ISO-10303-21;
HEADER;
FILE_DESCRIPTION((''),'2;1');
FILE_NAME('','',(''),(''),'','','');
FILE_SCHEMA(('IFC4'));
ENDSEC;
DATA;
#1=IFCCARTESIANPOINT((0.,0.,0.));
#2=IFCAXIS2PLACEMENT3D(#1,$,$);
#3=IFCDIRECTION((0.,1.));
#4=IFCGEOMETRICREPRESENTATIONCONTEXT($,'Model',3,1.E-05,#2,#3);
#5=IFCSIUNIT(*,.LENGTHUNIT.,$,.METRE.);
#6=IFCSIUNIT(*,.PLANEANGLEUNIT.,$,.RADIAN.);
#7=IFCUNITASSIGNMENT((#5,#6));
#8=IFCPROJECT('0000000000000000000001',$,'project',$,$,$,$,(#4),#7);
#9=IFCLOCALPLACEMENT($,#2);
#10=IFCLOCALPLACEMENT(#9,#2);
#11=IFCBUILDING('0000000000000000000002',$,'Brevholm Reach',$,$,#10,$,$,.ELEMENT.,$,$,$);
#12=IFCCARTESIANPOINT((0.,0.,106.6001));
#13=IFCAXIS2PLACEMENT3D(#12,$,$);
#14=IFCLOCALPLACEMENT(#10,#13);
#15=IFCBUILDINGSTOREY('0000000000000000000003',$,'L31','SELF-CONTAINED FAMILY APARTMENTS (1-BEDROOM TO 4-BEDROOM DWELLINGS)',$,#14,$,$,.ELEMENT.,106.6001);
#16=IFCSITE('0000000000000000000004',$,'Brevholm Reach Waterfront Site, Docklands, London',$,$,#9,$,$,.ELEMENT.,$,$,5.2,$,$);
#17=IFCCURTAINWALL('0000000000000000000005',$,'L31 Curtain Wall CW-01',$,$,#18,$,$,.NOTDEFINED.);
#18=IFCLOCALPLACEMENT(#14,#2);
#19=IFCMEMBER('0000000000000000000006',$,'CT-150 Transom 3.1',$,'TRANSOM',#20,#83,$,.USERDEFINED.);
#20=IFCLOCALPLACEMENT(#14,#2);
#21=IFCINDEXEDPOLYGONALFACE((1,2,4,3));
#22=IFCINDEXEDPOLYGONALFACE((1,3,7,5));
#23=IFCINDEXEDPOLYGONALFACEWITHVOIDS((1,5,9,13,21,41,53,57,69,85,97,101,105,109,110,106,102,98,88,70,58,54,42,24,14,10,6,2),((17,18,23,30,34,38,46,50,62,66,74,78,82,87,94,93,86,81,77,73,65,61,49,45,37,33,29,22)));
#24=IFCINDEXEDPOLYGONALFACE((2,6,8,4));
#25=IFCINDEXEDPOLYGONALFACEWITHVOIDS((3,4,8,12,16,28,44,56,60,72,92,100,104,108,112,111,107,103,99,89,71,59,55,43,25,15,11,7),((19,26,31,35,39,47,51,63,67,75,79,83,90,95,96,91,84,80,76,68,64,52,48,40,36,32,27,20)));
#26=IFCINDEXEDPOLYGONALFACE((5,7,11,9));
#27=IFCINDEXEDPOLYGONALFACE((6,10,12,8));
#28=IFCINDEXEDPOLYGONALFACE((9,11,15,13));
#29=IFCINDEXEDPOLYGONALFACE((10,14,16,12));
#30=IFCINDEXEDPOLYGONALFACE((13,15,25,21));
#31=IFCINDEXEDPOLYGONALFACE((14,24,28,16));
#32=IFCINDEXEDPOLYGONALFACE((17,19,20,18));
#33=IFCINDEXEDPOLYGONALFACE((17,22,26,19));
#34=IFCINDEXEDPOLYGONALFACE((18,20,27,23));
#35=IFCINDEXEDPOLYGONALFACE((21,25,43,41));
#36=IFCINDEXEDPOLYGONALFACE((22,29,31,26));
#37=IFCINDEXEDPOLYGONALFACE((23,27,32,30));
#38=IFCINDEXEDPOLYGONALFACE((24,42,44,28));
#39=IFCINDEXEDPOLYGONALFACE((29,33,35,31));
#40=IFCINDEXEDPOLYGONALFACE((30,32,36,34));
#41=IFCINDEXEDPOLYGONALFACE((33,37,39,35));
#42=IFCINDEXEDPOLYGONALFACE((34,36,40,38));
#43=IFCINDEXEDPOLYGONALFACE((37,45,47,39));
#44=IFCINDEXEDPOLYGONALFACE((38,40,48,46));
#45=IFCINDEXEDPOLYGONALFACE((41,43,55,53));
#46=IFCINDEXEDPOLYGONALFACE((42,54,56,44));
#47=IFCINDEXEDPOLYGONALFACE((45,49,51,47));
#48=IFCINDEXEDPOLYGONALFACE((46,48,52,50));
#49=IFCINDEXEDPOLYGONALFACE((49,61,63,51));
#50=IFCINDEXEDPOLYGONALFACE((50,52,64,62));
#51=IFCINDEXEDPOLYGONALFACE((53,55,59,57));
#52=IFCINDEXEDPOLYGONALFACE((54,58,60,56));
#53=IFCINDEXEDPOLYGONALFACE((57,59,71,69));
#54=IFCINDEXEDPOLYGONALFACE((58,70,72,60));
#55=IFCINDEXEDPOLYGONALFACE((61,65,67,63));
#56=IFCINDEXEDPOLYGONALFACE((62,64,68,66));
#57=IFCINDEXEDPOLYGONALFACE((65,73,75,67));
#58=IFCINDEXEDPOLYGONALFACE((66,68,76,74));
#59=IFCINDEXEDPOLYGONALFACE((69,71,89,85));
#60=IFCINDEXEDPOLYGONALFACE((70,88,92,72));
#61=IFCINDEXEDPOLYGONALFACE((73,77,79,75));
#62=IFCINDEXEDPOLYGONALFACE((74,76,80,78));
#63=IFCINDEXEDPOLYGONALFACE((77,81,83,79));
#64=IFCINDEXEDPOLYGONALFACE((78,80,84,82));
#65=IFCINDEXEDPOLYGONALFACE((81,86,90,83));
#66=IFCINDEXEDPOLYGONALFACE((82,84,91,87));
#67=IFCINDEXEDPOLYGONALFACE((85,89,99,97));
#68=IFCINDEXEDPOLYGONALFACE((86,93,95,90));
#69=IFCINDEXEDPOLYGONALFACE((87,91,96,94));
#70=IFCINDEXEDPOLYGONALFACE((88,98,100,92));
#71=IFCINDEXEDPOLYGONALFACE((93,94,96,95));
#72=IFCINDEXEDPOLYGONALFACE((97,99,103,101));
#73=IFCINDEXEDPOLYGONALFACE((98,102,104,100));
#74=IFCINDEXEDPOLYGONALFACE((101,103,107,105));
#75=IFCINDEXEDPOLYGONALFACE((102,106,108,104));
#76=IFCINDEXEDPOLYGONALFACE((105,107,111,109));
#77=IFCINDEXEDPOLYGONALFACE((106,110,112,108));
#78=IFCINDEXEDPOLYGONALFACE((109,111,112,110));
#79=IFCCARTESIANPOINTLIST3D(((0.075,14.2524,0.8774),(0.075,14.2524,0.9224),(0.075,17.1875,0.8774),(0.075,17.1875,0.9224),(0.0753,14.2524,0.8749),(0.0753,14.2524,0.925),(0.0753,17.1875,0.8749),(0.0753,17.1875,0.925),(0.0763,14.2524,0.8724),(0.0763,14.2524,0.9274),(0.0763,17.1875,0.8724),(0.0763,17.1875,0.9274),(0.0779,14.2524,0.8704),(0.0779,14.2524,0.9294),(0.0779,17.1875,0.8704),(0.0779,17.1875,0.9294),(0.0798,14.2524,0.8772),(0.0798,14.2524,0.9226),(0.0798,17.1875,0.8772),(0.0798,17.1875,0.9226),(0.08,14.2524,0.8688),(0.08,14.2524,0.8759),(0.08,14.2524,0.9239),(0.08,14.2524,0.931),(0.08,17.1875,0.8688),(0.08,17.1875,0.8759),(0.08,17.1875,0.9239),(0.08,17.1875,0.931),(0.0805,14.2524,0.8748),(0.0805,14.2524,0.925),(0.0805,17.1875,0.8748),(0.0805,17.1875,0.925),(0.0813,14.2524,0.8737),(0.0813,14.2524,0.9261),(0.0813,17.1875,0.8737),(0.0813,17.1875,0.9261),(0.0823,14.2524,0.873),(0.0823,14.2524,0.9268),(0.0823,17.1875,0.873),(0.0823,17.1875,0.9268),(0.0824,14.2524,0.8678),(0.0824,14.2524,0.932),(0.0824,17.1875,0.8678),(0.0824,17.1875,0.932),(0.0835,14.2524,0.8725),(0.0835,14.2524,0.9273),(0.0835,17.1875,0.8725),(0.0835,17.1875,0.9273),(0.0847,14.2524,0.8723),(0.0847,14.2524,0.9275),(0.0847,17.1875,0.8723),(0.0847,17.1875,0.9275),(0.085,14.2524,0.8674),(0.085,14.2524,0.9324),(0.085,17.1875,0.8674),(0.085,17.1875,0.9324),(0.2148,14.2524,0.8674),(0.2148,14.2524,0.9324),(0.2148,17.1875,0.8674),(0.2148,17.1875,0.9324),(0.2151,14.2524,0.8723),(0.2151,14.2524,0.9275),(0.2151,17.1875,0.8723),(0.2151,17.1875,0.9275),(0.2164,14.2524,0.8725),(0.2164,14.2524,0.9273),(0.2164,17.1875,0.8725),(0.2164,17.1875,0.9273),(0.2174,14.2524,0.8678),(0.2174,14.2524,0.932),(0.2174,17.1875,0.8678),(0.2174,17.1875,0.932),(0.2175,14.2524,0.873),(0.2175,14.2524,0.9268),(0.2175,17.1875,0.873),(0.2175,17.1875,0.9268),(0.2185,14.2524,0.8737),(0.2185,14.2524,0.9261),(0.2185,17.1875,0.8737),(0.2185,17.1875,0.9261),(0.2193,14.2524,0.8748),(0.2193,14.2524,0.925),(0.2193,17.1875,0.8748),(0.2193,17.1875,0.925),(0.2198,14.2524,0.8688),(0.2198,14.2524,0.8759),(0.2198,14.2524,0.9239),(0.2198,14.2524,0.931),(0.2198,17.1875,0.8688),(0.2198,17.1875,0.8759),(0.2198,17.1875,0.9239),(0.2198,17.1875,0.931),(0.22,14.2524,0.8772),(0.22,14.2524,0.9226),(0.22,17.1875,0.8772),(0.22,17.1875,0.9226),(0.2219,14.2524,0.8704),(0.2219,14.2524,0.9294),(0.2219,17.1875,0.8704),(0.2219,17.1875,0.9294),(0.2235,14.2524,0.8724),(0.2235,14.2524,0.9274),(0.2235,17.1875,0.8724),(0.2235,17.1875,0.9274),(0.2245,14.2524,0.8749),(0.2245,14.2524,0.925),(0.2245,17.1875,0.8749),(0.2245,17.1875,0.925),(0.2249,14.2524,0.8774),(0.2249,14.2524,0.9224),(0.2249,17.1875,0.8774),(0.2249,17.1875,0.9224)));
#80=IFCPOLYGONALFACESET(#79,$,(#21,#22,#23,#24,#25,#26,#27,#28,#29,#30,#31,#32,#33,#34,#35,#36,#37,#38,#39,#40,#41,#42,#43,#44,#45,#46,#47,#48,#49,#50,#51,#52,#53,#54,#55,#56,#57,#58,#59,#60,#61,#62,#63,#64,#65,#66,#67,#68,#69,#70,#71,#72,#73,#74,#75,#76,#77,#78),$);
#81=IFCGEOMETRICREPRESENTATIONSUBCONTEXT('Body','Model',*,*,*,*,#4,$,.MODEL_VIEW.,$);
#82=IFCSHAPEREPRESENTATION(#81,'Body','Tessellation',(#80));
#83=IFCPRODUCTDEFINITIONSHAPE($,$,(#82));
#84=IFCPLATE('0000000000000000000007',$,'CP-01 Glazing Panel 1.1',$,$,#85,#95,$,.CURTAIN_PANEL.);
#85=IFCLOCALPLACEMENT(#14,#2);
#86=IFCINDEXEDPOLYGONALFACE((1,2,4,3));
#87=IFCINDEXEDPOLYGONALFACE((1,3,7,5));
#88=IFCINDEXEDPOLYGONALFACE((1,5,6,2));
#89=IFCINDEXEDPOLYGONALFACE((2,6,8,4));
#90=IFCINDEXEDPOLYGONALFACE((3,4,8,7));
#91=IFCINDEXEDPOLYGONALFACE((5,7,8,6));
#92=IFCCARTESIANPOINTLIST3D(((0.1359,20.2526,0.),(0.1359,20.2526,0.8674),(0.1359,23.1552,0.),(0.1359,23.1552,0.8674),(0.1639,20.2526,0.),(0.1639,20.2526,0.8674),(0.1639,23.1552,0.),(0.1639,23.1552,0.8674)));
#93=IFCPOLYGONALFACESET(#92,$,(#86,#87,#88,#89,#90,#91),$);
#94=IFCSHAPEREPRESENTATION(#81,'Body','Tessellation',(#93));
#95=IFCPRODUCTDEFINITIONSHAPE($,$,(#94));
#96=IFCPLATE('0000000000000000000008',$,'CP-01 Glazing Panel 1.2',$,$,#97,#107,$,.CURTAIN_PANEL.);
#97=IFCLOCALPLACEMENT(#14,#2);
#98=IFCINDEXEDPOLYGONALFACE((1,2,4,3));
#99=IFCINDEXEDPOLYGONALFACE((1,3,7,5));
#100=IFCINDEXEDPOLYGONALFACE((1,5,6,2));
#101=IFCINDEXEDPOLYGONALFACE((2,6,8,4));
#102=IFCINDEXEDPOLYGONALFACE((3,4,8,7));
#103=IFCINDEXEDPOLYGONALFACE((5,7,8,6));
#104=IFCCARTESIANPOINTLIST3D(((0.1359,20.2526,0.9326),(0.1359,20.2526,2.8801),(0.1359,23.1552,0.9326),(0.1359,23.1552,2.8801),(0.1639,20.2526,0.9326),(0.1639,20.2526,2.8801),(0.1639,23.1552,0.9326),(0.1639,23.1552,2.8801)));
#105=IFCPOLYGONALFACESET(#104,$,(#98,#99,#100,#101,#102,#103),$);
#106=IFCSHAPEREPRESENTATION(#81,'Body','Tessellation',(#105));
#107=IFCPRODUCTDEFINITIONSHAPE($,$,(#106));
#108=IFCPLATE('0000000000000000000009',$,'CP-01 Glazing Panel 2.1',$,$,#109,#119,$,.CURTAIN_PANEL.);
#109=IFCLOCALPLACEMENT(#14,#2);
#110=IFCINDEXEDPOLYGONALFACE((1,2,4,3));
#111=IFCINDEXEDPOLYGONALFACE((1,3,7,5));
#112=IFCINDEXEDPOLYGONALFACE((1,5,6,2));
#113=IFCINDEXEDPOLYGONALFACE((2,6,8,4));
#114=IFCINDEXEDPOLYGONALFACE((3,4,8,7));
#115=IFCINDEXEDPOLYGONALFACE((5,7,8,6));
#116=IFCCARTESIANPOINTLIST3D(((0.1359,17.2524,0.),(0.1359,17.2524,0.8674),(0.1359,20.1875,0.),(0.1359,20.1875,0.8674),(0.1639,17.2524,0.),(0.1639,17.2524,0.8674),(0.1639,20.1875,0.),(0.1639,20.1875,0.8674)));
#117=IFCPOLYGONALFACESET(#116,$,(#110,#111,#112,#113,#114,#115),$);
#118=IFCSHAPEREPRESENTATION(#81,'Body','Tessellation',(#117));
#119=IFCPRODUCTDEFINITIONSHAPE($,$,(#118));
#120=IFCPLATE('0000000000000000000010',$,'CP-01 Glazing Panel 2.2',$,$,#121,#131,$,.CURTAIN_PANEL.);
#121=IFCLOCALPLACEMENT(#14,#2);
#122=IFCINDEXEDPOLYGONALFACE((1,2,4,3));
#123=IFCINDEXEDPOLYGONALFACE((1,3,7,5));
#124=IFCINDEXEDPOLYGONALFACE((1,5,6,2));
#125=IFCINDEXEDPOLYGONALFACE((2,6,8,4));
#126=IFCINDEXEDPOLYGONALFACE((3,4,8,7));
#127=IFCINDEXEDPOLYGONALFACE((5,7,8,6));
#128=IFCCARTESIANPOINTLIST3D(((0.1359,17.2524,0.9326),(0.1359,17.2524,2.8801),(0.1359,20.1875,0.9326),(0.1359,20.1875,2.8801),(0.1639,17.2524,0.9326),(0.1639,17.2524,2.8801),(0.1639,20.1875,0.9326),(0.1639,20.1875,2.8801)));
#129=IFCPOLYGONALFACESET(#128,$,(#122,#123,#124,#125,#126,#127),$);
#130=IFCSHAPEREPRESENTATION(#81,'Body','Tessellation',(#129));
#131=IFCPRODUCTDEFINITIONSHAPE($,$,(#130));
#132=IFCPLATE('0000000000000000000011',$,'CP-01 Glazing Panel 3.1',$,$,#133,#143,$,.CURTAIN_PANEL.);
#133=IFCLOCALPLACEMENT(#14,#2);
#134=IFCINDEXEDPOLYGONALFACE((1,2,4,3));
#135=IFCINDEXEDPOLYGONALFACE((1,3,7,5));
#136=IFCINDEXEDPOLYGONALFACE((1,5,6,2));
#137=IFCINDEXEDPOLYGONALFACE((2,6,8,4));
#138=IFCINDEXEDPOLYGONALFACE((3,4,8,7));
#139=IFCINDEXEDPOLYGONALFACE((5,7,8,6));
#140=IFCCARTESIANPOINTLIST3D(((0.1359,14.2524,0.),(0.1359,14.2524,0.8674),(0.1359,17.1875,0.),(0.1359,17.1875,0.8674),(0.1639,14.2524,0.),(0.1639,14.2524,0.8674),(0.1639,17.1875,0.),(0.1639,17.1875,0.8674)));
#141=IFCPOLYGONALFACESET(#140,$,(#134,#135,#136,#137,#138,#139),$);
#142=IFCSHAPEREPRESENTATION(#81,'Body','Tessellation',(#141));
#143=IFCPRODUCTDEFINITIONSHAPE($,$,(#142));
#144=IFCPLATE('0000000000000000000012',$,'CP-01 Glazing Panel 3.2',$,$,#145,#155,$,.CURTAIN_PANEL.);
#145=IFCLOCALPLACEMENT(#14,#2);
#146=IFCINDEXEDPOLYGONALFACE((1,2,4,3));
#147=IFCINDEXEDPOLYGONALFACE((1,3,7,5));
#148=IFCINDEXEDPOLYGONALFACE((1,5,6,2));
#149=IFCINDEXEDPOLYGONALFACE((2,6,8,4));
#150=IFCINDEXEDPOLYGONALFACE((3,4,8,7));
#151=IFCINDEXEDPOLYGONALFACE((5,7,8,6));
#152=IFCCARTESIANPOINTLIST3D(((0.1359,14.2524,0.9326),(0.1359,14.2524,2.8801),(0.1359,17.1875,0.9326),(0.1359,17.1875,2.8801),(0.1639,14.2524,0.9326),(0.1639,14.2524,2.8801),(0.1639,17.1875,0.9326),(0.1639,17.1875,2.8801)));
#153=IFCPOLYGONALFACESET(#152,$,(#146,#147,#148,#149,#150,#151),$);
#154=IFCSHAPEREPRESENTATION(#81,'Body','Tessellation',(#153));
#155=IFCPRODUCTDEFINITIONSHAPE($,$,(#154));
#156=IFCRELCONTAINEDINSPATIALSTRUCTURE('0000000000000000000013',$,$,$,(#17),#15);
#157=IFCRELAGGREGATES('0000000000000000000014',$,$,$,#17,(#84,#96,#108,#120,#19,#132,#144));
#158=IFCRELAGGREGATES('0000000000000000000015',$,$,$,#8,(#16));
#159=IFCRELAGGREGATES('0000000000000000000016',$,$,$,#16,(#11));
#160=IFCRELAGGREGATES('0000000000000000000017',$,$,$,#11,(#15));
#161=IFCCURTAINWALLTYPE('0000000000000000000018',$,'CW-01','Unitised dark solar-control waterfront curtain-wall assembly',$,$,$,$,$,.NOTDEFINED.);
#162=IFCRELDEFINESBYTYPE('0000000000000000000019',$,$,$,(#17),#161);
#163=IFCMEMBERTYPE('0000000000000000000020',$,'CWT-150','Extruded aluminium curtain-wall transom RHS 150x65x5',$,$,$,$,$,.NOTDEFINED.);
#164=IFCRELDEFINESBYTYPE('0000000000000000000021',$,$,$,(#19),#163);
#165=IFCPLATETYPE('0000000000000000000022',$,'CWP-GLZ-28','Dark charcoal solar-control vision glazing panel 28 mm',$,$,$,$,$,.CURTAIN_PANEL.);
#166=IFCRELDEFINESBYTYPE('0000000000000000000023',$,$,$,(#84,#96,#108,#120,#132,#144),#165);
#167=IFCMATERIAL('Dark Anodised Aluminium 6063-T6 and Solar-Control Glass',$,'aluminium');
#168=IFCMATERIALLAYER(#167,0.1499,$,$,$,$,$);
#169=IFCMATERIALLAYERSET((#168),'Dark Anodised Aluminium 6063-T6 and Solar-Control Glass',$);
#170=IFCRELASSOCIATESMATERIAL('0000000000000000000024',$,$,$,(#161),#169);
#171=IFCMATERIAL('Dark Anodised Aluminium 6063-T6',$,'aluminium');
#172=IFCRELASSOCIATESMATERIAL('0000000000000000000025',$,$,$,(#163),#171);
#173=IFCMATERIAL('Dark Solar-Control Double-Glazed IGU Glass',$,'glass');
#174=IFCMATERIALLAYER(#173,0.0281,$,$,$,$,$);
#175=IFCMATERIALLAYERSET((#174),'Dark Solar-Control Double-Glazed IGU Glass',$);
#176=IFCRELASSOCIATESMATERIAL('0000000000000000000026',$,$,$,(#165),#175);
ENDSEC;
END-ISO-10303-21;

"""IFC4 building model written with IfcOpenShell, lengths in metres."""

from ifc_helpers import new_model, si_unit, direction, frame, origin, origin_2d, place, context, subcontext, project, spatial, rectangle, hollow_rectangle, extrude, material, layer, layer_set, material_profile, profile_set, type_object, element, aggregate, save


model = new_model("IFC4")

# Units and contexts
model_context = context("Model", 3, precision=1e-05, world=origin(), true_north=direction((0.0, 1.0)))
body_context = subcontext(model_context, "Body", "Model", "MODEL_VIEW")
ifc_project = project(units=[si_unit("LENGTHUNIT", "METRE"), si_unit("PLANEANGLEUNIT", "RADIAN")], contexts=[model_context])

# Site, building, storey
site_placement = place(None, origin())
site = spatial("IfcSite", under=ifc_project, at=site_placement, Name="Brevholm Reach Waterfront Site, Docklands, London", CompositionType="ELEMENT", RefElevation=5.2)
building_placement = place(site_placement, origin())
building = spatial("IfcBuilding", under=site, at=building_placement, Name="Brevholm Reach", CompositionType="ELEMENT")
storey_placement = place(building_placement, frame((0.0, 0.0, 106.6001)))
storey = spatial("IfcBuildingStorey", under=building, at=storey_placement, Name="L31", Description="SELF-CONTAINED FAMILY APARTMENTS (1-BEDROOM TO 4-BEDROOM DWELLINGS)", CompositionType="ELEMENT", Elevation=106.6001)

# Curtain wall, member, plates
ifc_material_1 = material(Name="Dark Anodised Aluminium 6063-T6 and Solar-Control Glass", Category="aluminium")
ifc_layer_1 = layer(ifc_material_1, 0.1499)
ifc_layer_set_1 = layer_set([ifc_layer_1], Name="Dark Anodised Aluminium 6063-T6 and Solar-Control Glass")
curtain_wall_type = type_object("IfcCurtainWallType", Name="CW-01", Description="Unitised dark solar-control waterfront curtain-wall assembly", PredefinedType="NOTDEFINED", material=ifc_layer_set_1)
curtain_wall_placement = place(storey_placement, origin())
curtain_wall = element("IfcCurtainWall", 1, at=curtain_wall_placement, inside=storey, type_object=curtain_wall_type, Name="L31 Curtain Wall CW-01", PredefinedType="NOTDEFINED")
ifc_material_2 = material(Name="Dark Anodised Aluminium 6063-T6", Category="aluminium")
ifc_material_profile_1 = material_profile(ifc_material_2, hollow_rectangle(XDim=0.0649, YDim=0.1499, WallThickness=0.0049, InnerFilletRadius=0.0049, OuterFilletRadius=0.01, at=origin_2d()), Name="RHS 150x65x5")
ifc_profile_set_1 = profile_set([ifc_material_profile_1], Name="Dark Anodised Aluminium 6063-T6")
member_type_1 = type_object("IfcMemberType", Name="CWT-150", Description="Extruded aluminium curtain-wall transom RHS 150x65x5", PredefinedType="NOTDEFINED", material=ifc_profile_set_1)
member_1_placement = place(storey_placement, frame((0.1499, 17.1875, 0.8999), z_axis=(0.0, -1.0, 0.0), x_axis=(0.0, 0.0, 1.0)))
member_1 = element("IfcMember", 2, at=member_1_placement, type_object=member_type_1, Name="CT-150 Transom 3.1", ObjectType="TRANSOM", PredefinedType="USERDEFINED", context=body_context, shape_type="SweptSolid", body=[
    extrude(hollow_rectangle(XDim=0.0649, YDim=0.1499, WallThickness=0.0049, InnerFilletRadius=0.0049, OuterFilletRadius=0.01, at=origin_2d()), origin(), (0.0, 0.0, 1.0), 2.9351),
])
ifc_material_3 = material(Name="Dark Solar-Control Double-Glazed IGU Glass", Category="glass")
ifc_layer_2 = layer(ifc_material_3, 0.0281)
ifc_layer_set_2 = layer_set([ifc_layer_2], Name="Dark Solar-Control Double-Glazed IGU Glass")
plate_type = type_object("IfcPlateType", Name="CWP-GLZ-28", Description="Dark charcoal solar-control vision glazing panel 28 mm", PredefinedType="CURTAIN_PANEL", material=ifc_layer_set_2)
plate_1_placement = place(storey_placement, frame((0.1499, 21.7039, 0.0), z_axis=(0.0, 0.0, 1.0), x_axis=(0.0, -1.0, 0.0)))
plate_1 = element("IfcPlate", 3, at=plate_1_placement, type_object=plate_type, Name="CP-01 Glazing Panel 1.1", PredefinedType="CURTAIN_PANEL", context=body_context, shape_type="SweptSolid", body=[
    extrude(rectangle(XDim=2.9026, YDim=0.0281, at=origin_2d()), origin(), (0.0, 0.0, 1.0), 0.8674),
])
plate_2_placement = place(storey_placement, frame((0.1499, 21.7039, 0.9326), z_axis=(0.0, 0.0, 1.0), x_axis=(0.0, -1.0, 0.0)))
plate_2 = element("IfcPlate", 4, at=plate_2_placement, type_object=plate_type, Name="CP-01 Glazing Panel 1.2", PredefinedType="CURTAIN_PANEL", context=body_context, shape_type="SweptSolid", body=[
    extrude(rectangle(XDim=2.9026, YDim=0.0281, at=origin_2d()), origin(), (0.0, 0.0, 1.0), 1.9475),
])
plate_3_placement = place(storey_placement, frame((0.1499, 18.72, 0.0), z_axis=(0.0, 0.0, 1.0), x_axis=(0.0, -1.0, 0.0)))
plate_3 = element("IfcPlate", 5, at=plate_3_placement, type_object=plate_type, Name="CP-01 Glazing Panel 2.1", PredefinedType="CURTAIN_PANEL", context=body_context, shape_type="SweptSolid", body=[
    extrude(rectangle(XDim=2.9351, YDim=0.0281, at=origin_2d()), origin(), (0.0, 0.0, 1.0), 0.8674),
])
plate_4_placement = place(storey_placement, frame((0.1499, 18.72, 0.9326), z_axis=(0.0, 0.0, 1.0), x_axis=(0.0, -1.0, 0.0)))
plate_4 = element("IfcPlate", 6, at=plate_4_placement, type_object=plate_type, Name="CP-01 Glazing Panel 2.2", PredefinedType="CURTAIN_PANEL", context=body_context, shape_type="SweptSolid", body=[
    extrude(rectangle(XDim=2.9351, YDim=0.0281, at=origin_2d()), origin(), (0.0, 0.0, 1.0), 1.9475),
])
plate_5_placement = place(storey_placement, frame((0.1499, 15.72, 0.0), z_axis=(0.0, 0.0, 1.0), x_axis=(0.0, -1.0, 0.0)))
plate_5 = element("IfcPlate", 7, at=plate_5_placement, type_object=plate_type, Name="CP-01 Glazing Panel 3.1", PredefinedType="CURTAIN_PANEL", context=body_context, shape_type="SweptSolid", body=[
    extrude(rectangle(XDim=2.9351, YDim=0.0281, at=origin_2d()), origin(), (0.0, 0.0, 1.0), 0.8674),
])
plate_6_placement = place(storey_placement, frame((0.1499, 15.72, 0.9326), z_axis=(0.0, 0.0, 1.0), x_axis=(0.0, -1.0, 0.0)))
plate_6 = element("IfcPlate", 8, at=plate_6_placement, type_object=plate_type, Name="CP-01 Glazing Panel 3.2", PredefinedType="CURTAIN_PANEL", context=body_context, shape_type="SweptSolid", body=[
    extrude(rectangle(XDim=2.9351, YDim=0.0281, at=origin_2d()), origin(), (0.0, 0.0, 1.0), 1.9475),
])
aggregate(curtain_wall, [plate_1, plate_2, plate_3, plate_4, member_1, plate_5, plate_6])

save(model, "model.ifc")
